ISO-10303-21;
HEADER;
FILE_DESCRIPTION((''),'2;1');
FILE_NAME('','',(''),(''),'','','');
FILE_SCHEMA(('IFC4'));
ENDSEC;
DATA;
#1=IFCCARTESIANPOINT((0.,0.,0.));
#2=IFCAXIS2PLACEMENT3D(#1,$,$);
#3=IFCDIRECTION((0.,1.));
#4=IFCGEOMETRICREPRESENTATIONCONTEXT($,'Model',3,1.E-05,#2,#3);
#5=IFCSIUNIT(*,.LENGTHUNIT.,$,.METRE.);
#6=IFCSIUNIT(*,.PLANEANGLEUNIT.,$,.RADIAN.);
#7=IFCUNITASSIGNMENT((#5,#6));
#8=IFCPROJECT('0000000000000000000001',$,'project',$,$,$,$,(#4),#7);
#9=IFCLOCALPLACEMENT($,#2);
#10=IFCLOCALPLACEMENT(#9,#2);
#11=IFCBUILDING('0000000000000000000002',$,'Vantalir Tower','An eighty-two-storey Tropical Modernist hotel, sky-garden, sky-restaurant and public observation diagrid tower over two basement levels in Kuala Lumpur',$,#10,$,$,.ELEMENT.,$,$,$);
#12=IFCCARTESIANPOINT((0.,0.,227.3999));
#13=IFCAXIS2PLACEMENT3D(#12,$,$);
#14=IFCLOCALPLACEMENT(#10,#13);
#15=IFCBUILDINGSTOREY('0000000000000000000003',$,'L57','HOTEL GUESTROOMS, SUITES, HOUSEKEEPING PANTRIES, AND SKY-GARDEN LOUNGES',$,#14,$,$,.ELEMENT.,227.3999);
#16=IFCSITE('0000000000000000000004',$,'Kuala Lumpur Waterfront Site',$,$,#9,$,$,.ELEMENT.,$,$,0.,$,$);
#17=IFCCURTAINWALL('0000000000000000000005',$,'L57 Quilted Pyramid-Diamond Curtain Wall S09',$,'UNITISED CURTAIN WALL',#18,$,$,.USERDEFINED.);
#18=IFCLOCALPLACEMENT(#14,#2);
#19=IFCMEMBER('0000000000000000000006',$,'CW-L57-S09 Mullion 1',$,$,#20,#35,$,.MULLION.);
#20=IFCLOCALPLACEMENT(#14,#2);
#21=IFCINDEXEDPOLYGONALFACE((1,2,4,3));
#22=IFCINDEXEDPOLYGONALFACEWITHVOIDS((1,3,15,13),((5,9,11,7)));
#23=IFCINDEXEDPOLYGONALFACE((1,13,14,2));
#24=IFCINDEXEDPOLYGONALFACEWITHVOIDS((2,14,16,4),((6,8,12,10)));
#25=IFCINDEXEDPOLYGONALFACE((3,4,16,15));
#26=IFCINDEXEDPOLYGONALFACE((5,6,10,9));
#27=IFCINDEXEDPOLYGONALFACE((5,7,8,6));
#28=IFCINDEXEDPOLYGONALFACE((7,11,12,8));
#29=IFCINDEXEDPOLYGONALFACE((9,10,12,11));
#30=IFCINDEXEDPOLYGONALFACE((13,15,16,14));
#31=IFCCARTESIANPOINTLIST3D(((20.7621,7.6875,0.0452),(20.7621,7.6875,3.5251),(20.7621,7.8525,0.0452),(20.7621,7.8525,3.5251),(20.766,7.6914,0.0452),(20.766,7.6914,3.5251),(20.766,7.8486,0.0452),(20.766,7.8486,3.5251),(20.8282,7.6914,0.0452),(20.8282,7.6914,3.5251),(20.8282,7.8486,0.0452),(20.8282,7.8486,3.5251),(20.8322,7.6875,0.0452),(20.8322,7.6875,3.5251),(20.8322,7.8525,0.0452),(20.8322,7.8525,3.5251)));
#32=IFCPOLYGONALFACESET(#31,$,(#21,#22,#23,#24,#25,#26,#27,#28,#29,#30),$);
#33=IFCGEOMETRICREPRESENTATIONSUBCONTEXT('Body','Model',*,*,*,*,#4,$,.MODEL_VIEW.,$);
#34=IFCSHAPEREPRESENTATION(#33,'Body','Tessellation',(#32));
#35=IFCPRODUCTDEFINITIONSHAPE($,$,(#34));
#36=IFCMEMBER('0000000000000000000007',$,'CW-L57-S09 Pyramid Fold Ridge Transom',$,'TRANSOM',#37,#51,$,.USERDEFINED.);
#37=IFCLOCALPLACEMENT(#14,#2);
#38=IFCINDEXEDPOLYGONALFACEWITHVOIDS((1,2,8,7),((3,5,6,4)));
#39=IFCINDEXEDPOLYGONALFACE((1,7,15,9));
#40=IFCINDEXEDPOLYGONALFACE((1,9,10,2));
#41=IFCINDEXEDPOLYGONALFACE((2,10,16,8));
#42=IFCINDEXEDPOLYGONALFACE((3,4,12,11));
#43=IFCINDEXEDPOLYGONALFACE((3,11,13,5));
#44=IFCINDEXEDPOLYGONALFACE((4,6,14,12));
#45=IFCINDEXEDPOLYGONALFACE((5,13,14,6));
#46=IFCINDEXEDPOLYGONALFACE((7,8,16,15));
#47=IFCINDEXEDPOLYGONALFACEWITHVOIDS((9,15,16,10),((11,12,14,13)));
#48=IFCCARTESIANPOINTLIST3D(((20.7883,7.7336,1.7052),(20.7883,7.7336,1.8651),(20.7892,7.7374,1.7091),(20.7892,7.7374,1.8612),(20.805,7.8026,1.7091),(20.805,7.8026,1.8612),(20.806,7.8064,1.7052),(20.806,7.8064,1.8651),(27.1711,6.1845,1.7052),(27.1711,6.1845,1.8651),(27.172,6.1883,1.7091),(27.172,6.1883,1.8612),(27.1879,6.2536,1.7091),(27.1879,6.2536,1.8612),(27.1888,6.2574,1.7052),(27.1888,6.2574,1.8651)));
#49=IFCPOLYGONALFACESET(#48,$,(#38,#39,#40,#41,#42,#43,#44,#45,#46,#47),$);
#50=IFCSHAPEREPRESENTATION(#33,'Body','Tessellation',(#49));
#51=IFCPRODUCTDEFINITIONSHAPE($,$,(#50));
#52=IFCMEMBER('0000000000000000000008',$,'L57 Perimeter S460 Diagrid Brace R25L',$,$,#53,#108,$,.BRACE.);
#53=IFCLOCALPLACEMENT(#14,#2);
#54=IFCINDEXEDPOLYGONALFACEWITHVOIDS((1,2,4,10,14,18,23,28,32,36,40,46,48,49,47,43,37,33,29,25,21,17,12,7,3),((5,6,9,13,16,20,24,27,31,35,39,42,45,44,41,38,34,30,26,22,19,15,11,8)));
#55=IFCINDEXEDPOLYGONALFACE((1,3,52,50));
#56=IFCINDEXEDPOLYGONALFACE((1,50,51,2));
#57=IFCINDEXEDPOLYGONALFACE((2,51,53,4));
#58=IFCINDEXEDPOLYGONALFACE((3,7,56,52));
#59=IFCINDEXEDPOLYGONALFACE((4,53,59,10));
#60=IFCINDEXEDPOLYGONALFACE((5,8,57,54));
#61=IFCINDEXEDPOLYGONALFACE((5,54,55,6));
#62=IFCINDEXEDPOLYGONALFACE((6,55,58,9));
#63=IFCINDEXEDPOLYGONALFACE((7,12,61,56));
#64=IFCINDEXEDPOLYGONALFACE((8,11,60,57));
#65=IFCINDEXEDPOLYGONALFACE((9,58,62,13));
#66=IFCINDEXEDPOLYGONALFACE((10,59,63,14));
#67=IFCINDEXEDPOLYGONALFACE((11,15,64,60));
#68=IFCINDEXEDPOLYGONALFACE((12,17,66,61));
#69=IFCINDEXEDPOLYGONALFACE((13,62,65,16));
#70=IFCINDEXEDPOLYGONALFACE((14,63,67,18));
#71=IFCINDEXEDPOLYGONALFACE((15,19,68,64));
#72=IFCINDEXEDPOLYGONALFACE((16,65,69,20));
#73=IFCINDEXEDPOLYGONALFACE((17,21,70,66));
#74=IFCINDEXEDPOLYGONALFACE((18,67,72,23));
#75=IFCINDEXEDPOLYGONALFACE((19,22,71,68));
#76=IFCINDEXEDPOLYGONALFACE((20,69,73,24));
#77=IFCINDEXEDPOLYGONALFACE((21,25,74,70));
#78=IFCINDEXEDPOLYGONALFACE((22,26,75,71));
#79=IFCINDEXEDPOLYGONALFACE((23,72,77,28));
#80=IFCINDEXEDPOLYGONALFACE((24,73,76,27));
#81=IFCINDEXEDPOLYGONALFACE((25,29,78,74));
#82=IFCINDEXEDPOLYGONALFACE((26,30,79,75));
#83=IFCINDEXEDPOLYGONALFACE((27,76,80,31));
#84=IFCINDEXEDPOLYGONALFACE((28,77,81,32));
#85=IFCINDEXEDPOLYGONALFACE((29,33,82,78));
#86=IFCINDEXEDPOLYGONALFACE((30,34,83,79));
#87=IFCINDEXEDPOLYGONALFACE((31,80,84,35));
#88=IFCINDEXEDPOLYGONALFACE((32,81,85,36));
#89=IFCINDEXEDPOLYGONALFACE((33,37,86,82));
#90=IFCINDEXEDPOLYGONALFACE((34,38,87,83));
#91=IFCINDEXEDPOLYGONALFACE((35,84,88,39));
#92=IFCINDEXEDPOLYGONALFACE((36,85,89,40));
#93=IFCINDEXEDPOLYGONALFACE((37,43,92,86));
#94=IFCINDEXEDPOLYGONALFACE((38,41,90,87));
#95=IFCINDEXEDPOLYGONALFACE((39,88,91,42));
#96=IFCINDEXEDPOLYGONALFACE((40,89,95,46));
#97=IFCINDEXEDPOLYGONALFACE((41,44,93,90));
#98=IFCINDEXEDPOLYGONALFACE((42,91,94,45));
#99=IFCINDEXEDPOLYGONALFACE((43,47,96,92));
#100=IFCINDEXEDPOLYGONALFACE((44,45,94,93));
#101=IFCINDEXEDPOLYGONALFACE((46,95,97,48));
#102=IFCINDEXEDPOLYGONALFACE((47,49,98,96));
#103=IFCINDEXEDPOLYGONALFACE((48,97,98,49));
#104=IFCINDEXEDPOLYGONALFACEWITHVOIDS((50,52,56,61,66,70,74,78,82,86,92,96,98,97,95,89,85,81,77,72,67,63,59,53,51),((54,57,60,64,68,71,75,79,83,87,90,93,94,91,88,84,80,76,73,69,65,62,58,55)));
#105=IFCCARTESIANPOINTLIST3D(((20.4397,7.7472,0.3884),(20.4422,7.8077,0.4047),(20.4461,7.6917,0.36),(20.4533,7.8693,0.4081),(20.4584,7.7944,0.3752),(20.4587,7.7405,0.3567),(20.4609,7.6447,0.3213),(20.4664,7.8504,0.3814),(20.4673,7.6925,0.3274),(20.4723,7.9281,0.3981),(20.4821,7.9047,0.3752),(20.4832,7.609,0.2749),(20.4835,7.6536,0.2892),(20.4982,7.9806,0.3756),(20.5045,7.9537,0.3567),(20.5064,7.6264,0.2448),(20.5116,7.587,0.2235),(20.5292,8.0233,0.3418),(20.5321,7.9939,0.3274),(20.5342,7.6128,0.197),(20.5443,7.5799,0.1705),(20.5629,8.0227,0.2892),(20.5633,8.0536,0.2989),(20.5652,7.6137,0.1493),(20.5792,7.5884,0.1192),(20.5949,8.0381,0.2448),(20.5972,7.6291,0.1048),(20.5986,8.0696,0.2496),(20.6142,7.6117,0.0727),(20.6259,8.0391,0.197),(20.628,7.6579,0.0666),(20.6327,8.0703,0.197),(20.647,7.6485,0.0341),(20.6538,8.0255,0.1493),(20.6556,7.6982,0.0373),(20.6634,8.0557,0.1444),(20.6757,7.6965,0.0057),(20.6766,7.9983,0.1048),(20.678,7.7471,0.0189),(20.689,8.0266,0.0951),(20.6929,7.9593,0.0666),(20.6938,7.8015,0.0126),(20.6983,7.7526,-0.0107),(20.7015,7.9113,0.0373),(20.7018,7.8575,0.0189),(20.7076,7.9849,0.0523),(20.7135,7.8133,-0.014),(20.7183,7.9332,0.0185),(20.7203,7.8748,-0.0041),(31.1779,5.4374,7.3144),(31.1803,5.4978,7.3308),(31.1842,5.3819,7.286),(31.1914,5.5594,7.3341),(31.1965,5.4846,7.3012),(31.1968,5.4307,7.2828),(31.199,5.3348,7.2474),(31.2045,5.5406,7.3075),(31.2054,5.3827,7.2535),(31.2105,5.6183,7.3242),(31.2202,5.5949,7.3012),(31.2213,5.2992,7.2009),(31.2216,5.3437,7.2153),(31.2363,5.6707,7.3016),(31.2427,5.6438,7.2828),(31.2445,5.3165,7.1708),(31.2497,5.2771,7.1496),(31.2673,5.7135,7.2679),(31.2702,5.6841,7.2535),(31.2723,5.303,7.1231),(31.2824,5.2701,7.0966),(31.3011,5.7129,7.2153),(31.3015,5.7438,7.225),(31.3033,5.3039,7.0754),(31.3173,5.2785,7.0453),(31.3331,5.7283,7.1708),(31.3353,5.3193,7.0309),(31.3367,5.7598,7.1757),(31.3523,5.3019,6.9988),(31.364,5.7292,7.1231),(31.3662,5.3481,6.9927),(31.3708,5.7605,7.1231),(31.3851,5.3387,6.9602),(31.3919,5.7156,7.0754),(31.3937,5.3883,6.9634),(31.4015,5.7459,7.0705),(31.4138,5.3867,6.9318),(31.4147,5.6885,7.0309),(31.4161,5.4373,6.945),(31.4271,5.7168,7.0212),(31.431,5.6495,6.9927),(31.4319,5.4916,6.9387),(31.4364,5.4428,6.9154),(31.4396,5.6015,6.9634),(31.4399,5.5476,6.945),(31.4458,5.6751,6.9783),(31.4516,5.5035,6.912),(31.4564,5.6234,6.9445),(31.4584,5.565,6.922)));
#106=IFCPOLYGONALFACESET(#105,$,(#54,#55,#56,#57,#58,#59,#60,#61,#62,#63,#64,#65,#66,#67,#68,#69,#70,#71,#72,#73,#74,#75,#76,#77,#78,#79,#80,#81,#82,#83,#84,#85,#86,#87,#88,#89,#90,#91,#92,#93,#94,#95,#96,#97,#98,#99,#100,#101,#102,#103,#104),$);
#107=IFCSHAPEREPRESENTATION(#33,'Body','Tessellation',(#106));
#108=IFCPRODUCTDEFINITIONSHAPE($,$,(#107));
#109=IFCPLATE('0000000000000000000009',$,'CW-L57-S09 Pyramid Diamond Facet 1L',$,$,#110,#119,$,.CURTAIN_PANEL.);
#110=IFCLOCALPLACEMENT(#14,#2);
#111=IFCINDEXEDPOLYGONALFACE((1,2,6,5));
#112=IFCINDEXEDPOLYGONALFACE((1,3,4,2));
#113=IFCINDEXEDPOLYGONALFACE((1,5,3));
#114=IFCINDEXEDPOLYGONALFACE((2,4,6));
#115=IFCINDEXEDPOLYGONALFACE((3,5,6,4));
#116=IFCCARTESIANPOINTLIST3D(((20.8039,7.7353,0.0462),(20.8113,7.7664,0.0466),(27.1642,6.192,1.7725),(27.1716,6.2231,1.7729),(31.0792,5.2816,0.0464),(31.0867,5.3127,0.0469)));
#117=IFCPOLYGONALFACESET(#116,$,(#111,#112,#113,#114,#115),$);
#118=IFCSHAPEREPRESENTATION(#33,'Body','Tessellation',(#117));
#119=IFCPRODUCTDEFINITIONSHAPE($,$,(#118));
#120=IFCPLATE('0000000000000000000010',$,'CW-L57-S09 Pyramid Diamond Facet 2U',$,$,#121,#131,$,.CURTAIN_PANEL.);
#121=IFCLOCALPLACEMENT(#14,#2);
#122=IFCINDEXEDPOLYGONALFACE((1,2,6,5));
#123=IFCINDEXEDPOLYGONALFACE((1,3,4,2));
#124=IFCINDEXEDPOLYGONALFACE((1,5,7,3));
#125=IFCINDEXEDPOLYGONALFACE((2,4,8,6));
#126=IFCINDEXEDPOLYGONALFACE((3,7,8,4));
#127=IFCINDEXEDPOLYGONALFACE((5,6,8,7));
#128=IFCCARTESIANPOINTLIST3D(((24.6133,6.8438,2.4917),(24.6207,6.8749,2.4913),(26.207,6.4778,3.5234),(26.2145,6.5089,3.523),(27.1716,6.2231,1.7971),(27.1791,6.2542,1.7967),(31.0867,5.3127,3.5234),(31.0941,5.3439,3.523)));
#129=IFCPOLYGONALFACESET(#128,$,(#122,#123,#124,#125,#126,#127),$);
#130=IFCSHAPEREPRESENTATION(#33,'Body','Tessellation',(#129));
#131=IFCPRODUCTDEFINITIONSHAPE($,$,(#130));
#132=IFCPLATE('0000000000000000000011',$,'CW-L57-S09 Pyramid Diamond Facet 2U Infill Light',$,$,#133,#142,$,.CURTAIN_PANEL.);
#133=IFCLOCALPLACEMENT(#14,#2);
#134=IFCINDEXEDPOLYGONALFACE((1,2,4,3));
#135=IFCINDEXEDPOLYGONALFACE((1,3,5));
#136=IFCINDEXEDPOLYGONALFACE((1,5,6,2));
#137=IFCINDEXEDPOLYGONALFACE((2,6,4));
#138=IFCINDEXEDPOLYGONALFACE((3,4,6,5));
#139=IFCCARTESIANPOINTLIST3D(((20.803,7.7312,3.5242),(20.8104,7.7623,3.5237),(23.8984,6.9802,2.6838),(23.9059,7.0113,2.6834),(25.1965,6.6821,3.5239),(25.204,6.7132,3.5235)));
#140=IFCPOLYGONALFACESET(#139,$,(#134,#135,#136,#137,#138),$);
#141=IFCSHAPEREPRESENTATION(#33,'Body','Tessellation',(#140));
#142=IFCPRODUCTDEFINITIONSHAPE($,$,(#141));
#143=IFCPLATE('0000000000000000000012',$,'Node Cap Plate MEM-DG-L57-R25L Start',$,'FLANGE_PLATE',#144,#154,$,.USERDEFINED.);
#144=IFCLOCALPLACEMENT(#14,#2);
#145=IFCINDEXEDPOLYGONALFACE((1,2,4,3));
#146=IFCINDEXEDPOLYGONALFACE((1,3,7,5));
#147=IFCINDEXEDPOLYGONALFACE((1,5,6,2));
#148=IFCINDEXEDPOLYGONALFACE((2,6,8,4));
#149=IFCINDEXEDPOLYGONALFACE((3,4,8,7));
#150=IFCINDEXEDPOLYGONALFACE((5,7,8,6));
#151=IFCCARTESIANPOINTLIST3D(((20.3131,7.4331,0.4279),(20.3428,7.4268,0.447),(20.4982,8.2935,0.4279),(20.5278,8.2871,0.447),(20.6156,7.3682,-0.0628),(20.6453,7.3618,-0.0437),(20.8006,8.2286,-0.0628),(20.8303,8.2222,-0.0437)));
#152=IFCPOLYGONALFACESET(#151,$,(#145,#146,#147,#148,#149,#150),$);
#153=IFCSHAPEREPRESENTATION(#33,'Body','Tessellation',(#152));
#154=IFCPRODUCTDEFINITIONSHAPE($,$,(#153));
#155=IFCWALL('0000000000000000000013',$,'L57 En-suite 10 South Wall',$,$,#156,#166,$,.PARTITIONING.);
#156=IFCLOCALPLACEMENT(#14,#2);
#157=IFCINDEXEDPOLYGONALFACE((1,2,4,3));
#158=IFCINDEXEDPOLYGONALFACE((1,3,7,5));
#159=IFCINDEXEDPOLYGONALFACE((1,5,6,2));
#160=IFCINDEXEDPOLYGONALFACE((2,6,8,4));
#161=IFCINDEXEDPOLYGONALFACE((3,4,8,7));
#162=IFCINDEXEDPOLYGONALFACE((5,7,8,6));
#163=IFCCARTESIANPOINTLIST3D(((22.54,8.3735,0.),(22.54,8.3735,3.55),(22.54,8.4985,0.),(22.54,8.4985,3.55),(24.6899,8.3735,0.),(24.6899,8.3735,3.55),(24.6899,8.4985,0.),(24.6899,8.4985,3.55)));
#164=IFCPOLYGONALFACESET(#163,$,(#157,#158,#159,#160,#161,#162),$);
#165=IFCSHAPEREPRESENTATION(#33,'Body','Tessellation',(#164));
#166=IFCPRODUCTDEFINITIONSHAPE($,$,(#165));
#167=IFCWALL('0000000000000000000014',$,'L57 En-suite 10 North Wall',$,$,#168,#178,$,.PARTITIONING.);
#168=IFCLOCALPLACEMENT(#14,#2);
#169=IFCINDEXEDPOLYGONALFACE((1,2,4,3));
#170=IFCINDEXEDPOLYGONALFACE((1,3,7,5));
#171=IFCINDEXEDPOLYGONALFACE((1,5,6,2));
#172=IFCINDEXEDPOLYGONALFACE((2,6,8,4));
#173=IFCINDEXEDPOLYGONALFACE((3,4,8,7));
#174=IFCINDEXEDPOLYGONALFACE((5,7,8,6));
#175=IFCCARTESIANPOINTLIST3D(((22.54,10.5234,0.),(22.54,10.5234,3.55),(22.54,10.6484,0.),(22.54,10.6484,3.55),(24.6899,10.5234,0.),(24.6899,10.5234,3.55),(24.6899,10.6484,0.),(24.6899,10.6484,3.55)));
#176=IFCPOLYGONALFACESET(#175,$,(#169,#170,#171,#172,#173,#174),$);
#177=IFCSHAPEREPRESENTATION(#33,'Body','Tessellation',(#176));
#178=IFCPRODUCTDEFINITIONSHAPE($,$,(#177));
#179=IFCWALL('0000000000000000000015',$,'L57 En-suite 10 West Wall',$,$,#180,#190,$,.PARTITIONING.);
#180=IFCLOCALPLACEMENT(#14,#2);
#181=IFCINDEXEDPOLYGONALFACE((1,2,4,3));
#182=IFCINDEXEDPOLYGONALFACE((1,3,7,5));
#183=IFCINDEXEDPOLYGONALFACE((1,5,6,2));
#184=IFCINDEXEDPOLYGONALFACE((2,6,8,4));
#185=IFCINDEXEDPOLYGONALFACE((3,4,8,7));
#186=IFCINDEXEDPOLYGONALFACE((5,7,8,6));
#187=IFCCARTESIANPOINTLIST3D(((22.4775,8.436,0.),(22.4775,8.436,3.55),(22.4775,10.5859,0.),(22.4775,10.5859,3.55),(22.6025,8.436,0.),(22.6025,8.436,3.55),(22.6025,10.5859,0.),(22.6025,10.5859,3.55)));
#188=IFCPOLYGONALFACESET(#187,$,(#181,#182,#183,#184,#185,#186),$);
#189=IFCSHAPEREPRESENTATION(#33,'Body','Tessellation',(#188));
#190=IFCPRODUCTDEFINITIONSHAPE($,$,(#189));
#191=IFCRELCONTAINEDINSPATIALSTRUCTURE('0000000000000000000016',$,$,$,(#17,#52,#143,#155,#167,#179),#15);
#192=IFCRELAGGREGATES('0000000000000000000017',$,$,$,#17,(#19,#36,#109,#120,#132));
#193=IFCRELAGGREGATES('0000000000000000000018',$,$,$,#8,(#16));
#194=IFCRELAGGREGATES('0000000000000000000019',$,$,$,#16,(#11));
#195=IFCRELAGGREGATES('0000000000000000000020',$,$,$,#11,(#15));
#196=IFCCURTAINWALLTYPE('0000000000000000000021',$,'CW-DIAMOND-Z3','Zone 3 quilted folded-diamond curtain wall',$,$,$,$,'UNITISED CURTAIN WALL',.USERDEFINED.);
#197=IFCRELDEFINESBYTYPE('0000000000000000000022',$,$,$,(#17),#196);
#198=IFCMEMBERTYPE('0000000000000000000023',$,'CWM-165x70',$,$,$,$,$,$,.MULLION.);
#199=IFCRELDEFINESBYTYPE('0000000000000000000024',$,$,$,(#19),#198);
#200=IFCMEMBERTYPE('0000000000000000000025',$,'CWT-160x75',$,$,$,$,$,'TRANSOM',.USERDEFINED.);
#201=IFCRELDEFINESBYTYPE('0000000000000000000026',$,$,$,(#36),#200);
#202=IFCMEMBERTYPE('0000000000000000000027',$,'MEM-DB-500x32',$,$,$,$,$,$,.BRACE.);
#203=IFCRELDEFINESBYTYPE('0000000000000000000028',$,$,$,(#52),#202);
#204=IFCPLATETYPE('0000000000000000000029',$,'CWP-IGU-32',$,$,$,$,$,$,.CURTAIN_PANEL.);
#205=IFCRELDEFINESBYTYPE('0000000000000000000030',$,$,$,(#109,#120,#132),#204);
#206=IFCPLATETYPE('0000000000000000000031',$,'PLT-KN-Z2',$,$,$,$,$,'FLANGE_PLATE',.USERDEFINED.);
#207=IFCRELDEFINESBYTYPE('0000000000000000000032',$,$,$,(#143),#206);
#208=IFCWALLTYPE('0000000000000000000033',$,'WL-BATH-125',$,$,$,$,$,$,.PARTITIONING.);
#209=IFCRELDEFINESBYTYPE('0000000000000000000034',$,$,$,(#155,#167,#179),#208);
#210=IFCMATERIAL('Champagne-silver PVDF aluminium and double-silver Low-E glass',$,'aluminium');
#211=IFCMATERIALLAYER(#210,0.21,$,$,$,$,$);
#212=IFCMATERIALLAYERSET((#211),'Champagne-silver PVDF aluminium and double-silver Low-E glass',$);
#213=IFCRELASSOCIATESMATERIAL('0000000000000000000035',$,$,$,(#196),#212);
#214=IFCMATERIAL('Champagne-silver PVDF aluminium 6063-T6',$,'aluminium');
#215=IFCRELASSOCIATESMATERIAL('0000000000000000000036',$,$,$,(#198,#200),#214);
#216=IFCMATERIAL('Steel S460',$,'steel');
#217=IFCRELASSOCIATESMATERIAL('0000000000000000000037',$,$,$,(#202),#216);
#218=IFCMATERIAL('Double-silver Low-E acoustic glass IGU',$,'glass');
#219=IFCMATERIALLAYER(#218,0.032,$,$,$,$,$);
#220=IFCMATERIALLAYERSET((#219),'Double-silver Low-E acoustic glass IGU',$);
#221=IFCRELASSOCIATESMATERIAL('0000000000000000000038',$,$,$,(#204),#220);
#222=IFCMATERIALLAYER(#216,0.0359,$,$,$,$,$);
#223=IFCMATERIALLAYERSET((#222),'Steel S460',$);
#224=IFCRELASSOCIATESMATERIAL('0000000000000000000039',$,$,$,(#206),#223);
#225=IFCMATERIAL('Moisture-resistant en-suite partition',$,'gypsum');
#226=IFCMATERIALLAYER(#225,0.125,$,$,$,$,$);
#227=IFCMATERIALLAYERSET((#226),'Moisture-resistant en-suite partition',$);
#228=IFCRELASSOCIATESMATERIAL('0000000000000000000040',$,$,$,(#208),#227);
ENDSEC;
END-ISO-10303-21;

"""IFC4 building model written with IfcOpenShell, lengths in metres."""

from ifc_helpers import new_model, si_unit, direction, frame, frame_2d, origin, origin_2d, place, context, subcontext, project, spatial, polyline, rectangle, hollow_rectangle, hollow_circle, outline, extrude, material, layer, layer_set, material_profile, profile_set, type_object, element, aggregate, save


model = new_model("IFC4")

# Units and contexts
model_context = context("Model", 3, precision=1e-05, world=origin(), true_north=direction((0.0, 1.0)))
body_context = subcontext(model_context, "Body", "Model", "MODEL_VIEW")
ifc_project = project(units=[si_unit("LENGTHUNIT", "METRE"), si_unit("PLANEANGLEUNIT", "RADIAN")], contexts=[model_context])

# Site, building, storey
site_placement = place(None, origin())
site = spatial("IfcSite", under=ifc_project, at=site_placement, Name="Kuala Lumpur Waterfront Site", CompositionType="ELEMENT", RefElevation=0.0)
building_placement = place(site_placement, origin())
building = spatial("IfcBuilding", under=site, at=building_placement, Name="Vantalir Tower", Description="An eighty-two-storey Tropical Modernist hotel, sky-garden, sky-restaurant and public observation diagrid tower over two basement levels in Kuala Lumpur", CompositionType="ELEMENT")
storey_placement = place(building_placement, frame((0.0, 0.0, 227.3999)))
storey = spatial("IfcBuildingStorey", under=building, at=storey_placement, Name="L57", Description="HOTEL GUESTROOMS, SUITES, HOUSEKEEPING PANTRIES, AND SKY-GARDEN LOUNGES", CompositionType="ELEMENT", Elevation=227.3999)

# Curtain wall, members
ifc_material_1 = material(Name="Champagne-silver PVDF aluminium and double-silver Low-E glass", Category="aluminium")
ifc_layer_1 = layer(ifc_material_1, 0.21)
ifc_layer_set_1 = layer_set([ifc_layer_1], Name="Champagne-silver PVDF aluminium and double-silver Low-E glass")
curtain_wall_type = type_object("IfcCurtainWallType", Name="CW-DIAMOND-Z3", Description="Zone 3 quilted folded-diamond curtain wall", ElementType="UNITISED CURTAIN WALL", PredefinedType="USERDEFINED", material=ifc_layer_set_1)
curtain_wall_placement = place(storey_placement, origin())
curtain_wall = element("IfcCurtainWall", 1, at=curtain_wall_placement, inside=storey, type_object=curtain_wall_type, Name="L57 Quilted Pyramid-Diamond Curtain Wall S09", ObjectType="UNITISED CURTAIN WALL", PredefinedType="USERDEFINED")
ifc_material_2 = material(Name="Champagne-silver PVDF aluminium 6063-T6", Category="aluminium")
ifc_material_profile_1 = material_profile(ifc_material_2, hollow_rectangle(XDim=0.0701, YDim=0.165, WallThickness=0.0039, at=origin_2d()), Name="Champagne-silver PVDF aluminium 6063-T6")
ifc_profile_set_1 = profile_set([ifc_material_profile_1], Name="Champagne-silver PVDF aluminium 6063-T6")
member_type_1 = type_object("IfcMemberType", Name="CWM-165x70", PredefinedType="MULLION", material=ifc_profile_set_1)
member_1_placement = place(storey_placement, frame((20.7971, 7.77, 0.0452), z_axis=(0.0, 0.0, 1.0), x_axis=(1.0, 0.0, 0.0)))
member_1 = element("IfcMember", 2, at=member_1_placement, type_object=member_type_1, Name="CW-L57-S09 Mullion 1", PredefinedType="MULLION", context=body_context, shape_type="SweptSolid", body=[
    extrude(hollow_rectangle(XDim=0.0701, YDim=0.165, WallThickness=0.0039, at=origin_2d()), origin(), (0.0, 0.0, 1.0), 3.48),
])
ifc_material_profile_2 = material_profile(ifc_material_2, hollow_rectangle(XDim=0.075, YDim=0.1599, WallThickness=0.0039, at=origin_2d()), Name="Champagne-silver PVDF aluminium 6063-T6")
ifc_profile_set_2 = profile_set([ifc_material_profile_2], Name="Champagne-silver PVDF aluminium 6063-T6")
member_type_2 = type_object("IfcMemberType", Name="CWT-160x75", ElementType="TRANSOM", PredefinedType="USERDEFINED", material=ifc_profile_set_2)
member_2_placement = place(storey_placement, frame((20.7971, 7.77, 1.7852), z_axis=(0.97179, -0.235848, 0.0), x_axis=(0.235848, 0.97179, 0.0)))
member_2 = element("IfcMember", 3, at=member_2_placement, type_object=member_type_2, Name="CW-L57-S09 Pyramid Fold Ridge Transom", ObjectType="TRANSOM", PredefinedType="USERDEFINED", context=body_context, shape_type="SweptSolid", body=[
    extrude(hollow_rectangle(XDim=0.075, YDim=0.1599, WallThickness=0.0039, at=origin_2d()), origin(), (0.0, 0.0, 1.0), 6.5681),
])

# Member
ifc_material_3 = material(Name="Steel S460", Category="steel")
ifc_material_profile_3 = material_profile(ifc_material_3, hollow_circle(Radius=0.25, WallThickness=0.032, at=origin_2d()), Name="Steel S460")
ifc_profile_set_3 = profile_set([ifc_material_profile_3], Name="Steel S460")
member_type_3 = type_object("IfcMemberType", Name="MEM-DB-500x32", PredefinedType="BRACE", material=ifc_profile_set_3)
member_3_placement = place(storey_placement, frame((20.5801, 7.8259, 0.197), z_axis=(0.826956, -0.177883, 0.533386), x_axis=(0.210296, 0.977638, 0.0)))
element("IfcMember", 4, at=member_3_placement, inside=storey, type_object=member_type_3, Name="L57 Perimeter S460 Diagrid Brace R25L", PredefinedType="BRACE", context=body_context, shape_type="SweptSolid", body=[
    extrude(hollow_circle(Radius=0.25, WallThickness=0.032, at=origin_2d()), origin(), (0.0, 0.0, 1.0), 12.9851),
])

# Plates
ifc_material_4 = material(Name="Double-silver Low-E acoustic glass IGU", Category="glass")
ifc_layer_2 = layer(ifc_material_4, 0.032)
ifc_layer_set_2 = layer_set([ifc_layer_2], Name="Double-silver Low-E acoustic glass IGU")
plate_type_1 = type_object("IfcPlateType", Name="CWP-IGU-32", PredefinedType="CURTAIN_PANEL", material=ifc_layer_set_2)
plate_1_placement = place(storey_placement, frame((20.8113, 7.7664, 0.0466), z_axis=(0.232233, 0.972563, 0.013778), x_axis=(0.972655, -0.232256, 0.000023)))
plate_1 = element("IfcPlate", 5, at=plate_1_placement, type_object=plate_type_1, Name="CW-L57-S09 Pyramid Diamond Facet 1L", PredefinedType="CURTAIN_PANEL", context=body_context, shape_type="SweptSolid", body=[
    extrude(outline(polyline([(0.0, 0.0), (10.5643, 0.0), (6.5449, -1.7263), (0.0, 0.0)])), origin(), (0.0, 0.0, -1.0), 0.032),
])
plate_2_placement = place(storey_placement, frame((26.207, 6.4778, 3.5234), z_axis=(-0.232205, -0.97257, 0.01371), x_axis=(0.972662, -0.232227, 0.0)))
plate_2 = element("IfcPlate", 6, at=plate_2_placement, type_object=plate_type_1, Name="CW-L57-S09 Pyramid Diamond Facet 2U", PredefinedType="CURTAIN_PANEL", context=body_context, shape_type="SweptSolid", body=[
    extrude(outline(polyline([(0.0, 0.0), (5.0168, 0.0), (0.9974, -1.7265), (-1.6352, -1.0318), (0.0, 0.0)])), origin(), (0.0, 0.0, -1.0), 0.032),
])
plate_3_placement = place(storey_placement, frame((20.803, 7.7312, 3.5242), z_axis=(-0.232224, -0.972566, 0.013726), x_axis=(0.972657, -0.232246, -0.000054)))
plate_3 = element("IfcPlate", 7, at=plate_3_placement, type_object=plate_type_1, Name="CW-L57-S09 Pyramid Diamond Facet 2U Infill Light", PredefinedType="CURTAIN_PANEL", context=body_context, shape_type="SweptSolid", body=[
    extrude(outline(polyline([(0.0, 0.0), (4.5171, 0.0), (3.1853, -0.8402), (0.0, 0.0)])), origin(), (0.0, 0.0, -1.0), 0.032),
])
aggregate(curtain_wall, [member_1, member_2, plate_1, plate_2, plate_3])
ifc_layer_3 = layer(ifc_material_3, 0.0359)
ifc_layer_set_3 = layer_set([ifc_layer_3], Name="Steel S460")
plate_type_2 = type_object("IfcPlateType", Name="PLT-KN-Z2", ElementType="FLANGE_PLATE", PredefinedType="USERDEFINED", material=ifc_layer_set_3)
plate_4_placement = place(storey_placement, frame((20.6453, 7.3618, -0.0437), z_axis=(0.827, -0.177885, 0.533318), x_axis=(0.210287, 0.97764, 0.0)))
element("IfcPlate", 8, at=plate_4_placement, inside=storey, type_object=plate_type_2, Name="Node Cap Plate MEM-DG-L57-R25L Start", ObjectType="FLANGE_PLATE", PredefinedType="USERDEFINED", context=body_context, shape_type="SweptSolid", body=[
    extrude(outline(polyline([(0.0, 0.0), (0.88, 0.0), (0.8799, 0.5801), (-0.0001, 0.5801), (0.0, 0.0)])), origin(), (0.0, 0.0, -1.0), 0.0359),
])

# Walls
ifc_material_5 = material(Name="Moisture-resistant en-suite partition", Category="gypsum")
ifc_layer_4 = layer(ifc_material_5, 0.125)
ifc_layer_set_4 = layer_set([ifc_layer_4], Name="Moisture-resistant en-suite partition")
wall_type_1 = type_object("IfcWallType", Name="WL-BATH-125", PredefinedType="PARTITIONING", material=ifc_layer_set_4)
for number, where, z_axis, x_axis, name in (
    (9, (22.54, 8.436, 0.0), (0.0, 0.0, 1.0), (1.0, 0.0, 0.0), "L57 En-suite 10 South Wall"),
    (10, (22.54, 10.5859, 0.0), (0.0, 0.0, 1.0), (1.0, 0.0, 0.0), "L57 En-suite 10 North Wall"),
    (11, (22.54, 8.436, 0.0), (0.0, 0.0, 1.0), (0.0, 1.0, 0.0), "L57 En-suite 10 West Wall"),
):
    element("IfcWall", number, at=place(storey_placement, frame(where, z_axis=z_axis, x_axis=x_axis)), inside=storey, type_object=wall_type_1, Name=name, PredefinedType="PARTITIONING", context=body_context, shape_type="SweptSolid", body=[
        extrude(rectangle(XDim=2.1499, YDim=0.125, at=frame_2d((1.075, 0.0))), origin(), (0.0, 0.0, 1.0), 3.55),
    ])

save(model, "model.ifc")
